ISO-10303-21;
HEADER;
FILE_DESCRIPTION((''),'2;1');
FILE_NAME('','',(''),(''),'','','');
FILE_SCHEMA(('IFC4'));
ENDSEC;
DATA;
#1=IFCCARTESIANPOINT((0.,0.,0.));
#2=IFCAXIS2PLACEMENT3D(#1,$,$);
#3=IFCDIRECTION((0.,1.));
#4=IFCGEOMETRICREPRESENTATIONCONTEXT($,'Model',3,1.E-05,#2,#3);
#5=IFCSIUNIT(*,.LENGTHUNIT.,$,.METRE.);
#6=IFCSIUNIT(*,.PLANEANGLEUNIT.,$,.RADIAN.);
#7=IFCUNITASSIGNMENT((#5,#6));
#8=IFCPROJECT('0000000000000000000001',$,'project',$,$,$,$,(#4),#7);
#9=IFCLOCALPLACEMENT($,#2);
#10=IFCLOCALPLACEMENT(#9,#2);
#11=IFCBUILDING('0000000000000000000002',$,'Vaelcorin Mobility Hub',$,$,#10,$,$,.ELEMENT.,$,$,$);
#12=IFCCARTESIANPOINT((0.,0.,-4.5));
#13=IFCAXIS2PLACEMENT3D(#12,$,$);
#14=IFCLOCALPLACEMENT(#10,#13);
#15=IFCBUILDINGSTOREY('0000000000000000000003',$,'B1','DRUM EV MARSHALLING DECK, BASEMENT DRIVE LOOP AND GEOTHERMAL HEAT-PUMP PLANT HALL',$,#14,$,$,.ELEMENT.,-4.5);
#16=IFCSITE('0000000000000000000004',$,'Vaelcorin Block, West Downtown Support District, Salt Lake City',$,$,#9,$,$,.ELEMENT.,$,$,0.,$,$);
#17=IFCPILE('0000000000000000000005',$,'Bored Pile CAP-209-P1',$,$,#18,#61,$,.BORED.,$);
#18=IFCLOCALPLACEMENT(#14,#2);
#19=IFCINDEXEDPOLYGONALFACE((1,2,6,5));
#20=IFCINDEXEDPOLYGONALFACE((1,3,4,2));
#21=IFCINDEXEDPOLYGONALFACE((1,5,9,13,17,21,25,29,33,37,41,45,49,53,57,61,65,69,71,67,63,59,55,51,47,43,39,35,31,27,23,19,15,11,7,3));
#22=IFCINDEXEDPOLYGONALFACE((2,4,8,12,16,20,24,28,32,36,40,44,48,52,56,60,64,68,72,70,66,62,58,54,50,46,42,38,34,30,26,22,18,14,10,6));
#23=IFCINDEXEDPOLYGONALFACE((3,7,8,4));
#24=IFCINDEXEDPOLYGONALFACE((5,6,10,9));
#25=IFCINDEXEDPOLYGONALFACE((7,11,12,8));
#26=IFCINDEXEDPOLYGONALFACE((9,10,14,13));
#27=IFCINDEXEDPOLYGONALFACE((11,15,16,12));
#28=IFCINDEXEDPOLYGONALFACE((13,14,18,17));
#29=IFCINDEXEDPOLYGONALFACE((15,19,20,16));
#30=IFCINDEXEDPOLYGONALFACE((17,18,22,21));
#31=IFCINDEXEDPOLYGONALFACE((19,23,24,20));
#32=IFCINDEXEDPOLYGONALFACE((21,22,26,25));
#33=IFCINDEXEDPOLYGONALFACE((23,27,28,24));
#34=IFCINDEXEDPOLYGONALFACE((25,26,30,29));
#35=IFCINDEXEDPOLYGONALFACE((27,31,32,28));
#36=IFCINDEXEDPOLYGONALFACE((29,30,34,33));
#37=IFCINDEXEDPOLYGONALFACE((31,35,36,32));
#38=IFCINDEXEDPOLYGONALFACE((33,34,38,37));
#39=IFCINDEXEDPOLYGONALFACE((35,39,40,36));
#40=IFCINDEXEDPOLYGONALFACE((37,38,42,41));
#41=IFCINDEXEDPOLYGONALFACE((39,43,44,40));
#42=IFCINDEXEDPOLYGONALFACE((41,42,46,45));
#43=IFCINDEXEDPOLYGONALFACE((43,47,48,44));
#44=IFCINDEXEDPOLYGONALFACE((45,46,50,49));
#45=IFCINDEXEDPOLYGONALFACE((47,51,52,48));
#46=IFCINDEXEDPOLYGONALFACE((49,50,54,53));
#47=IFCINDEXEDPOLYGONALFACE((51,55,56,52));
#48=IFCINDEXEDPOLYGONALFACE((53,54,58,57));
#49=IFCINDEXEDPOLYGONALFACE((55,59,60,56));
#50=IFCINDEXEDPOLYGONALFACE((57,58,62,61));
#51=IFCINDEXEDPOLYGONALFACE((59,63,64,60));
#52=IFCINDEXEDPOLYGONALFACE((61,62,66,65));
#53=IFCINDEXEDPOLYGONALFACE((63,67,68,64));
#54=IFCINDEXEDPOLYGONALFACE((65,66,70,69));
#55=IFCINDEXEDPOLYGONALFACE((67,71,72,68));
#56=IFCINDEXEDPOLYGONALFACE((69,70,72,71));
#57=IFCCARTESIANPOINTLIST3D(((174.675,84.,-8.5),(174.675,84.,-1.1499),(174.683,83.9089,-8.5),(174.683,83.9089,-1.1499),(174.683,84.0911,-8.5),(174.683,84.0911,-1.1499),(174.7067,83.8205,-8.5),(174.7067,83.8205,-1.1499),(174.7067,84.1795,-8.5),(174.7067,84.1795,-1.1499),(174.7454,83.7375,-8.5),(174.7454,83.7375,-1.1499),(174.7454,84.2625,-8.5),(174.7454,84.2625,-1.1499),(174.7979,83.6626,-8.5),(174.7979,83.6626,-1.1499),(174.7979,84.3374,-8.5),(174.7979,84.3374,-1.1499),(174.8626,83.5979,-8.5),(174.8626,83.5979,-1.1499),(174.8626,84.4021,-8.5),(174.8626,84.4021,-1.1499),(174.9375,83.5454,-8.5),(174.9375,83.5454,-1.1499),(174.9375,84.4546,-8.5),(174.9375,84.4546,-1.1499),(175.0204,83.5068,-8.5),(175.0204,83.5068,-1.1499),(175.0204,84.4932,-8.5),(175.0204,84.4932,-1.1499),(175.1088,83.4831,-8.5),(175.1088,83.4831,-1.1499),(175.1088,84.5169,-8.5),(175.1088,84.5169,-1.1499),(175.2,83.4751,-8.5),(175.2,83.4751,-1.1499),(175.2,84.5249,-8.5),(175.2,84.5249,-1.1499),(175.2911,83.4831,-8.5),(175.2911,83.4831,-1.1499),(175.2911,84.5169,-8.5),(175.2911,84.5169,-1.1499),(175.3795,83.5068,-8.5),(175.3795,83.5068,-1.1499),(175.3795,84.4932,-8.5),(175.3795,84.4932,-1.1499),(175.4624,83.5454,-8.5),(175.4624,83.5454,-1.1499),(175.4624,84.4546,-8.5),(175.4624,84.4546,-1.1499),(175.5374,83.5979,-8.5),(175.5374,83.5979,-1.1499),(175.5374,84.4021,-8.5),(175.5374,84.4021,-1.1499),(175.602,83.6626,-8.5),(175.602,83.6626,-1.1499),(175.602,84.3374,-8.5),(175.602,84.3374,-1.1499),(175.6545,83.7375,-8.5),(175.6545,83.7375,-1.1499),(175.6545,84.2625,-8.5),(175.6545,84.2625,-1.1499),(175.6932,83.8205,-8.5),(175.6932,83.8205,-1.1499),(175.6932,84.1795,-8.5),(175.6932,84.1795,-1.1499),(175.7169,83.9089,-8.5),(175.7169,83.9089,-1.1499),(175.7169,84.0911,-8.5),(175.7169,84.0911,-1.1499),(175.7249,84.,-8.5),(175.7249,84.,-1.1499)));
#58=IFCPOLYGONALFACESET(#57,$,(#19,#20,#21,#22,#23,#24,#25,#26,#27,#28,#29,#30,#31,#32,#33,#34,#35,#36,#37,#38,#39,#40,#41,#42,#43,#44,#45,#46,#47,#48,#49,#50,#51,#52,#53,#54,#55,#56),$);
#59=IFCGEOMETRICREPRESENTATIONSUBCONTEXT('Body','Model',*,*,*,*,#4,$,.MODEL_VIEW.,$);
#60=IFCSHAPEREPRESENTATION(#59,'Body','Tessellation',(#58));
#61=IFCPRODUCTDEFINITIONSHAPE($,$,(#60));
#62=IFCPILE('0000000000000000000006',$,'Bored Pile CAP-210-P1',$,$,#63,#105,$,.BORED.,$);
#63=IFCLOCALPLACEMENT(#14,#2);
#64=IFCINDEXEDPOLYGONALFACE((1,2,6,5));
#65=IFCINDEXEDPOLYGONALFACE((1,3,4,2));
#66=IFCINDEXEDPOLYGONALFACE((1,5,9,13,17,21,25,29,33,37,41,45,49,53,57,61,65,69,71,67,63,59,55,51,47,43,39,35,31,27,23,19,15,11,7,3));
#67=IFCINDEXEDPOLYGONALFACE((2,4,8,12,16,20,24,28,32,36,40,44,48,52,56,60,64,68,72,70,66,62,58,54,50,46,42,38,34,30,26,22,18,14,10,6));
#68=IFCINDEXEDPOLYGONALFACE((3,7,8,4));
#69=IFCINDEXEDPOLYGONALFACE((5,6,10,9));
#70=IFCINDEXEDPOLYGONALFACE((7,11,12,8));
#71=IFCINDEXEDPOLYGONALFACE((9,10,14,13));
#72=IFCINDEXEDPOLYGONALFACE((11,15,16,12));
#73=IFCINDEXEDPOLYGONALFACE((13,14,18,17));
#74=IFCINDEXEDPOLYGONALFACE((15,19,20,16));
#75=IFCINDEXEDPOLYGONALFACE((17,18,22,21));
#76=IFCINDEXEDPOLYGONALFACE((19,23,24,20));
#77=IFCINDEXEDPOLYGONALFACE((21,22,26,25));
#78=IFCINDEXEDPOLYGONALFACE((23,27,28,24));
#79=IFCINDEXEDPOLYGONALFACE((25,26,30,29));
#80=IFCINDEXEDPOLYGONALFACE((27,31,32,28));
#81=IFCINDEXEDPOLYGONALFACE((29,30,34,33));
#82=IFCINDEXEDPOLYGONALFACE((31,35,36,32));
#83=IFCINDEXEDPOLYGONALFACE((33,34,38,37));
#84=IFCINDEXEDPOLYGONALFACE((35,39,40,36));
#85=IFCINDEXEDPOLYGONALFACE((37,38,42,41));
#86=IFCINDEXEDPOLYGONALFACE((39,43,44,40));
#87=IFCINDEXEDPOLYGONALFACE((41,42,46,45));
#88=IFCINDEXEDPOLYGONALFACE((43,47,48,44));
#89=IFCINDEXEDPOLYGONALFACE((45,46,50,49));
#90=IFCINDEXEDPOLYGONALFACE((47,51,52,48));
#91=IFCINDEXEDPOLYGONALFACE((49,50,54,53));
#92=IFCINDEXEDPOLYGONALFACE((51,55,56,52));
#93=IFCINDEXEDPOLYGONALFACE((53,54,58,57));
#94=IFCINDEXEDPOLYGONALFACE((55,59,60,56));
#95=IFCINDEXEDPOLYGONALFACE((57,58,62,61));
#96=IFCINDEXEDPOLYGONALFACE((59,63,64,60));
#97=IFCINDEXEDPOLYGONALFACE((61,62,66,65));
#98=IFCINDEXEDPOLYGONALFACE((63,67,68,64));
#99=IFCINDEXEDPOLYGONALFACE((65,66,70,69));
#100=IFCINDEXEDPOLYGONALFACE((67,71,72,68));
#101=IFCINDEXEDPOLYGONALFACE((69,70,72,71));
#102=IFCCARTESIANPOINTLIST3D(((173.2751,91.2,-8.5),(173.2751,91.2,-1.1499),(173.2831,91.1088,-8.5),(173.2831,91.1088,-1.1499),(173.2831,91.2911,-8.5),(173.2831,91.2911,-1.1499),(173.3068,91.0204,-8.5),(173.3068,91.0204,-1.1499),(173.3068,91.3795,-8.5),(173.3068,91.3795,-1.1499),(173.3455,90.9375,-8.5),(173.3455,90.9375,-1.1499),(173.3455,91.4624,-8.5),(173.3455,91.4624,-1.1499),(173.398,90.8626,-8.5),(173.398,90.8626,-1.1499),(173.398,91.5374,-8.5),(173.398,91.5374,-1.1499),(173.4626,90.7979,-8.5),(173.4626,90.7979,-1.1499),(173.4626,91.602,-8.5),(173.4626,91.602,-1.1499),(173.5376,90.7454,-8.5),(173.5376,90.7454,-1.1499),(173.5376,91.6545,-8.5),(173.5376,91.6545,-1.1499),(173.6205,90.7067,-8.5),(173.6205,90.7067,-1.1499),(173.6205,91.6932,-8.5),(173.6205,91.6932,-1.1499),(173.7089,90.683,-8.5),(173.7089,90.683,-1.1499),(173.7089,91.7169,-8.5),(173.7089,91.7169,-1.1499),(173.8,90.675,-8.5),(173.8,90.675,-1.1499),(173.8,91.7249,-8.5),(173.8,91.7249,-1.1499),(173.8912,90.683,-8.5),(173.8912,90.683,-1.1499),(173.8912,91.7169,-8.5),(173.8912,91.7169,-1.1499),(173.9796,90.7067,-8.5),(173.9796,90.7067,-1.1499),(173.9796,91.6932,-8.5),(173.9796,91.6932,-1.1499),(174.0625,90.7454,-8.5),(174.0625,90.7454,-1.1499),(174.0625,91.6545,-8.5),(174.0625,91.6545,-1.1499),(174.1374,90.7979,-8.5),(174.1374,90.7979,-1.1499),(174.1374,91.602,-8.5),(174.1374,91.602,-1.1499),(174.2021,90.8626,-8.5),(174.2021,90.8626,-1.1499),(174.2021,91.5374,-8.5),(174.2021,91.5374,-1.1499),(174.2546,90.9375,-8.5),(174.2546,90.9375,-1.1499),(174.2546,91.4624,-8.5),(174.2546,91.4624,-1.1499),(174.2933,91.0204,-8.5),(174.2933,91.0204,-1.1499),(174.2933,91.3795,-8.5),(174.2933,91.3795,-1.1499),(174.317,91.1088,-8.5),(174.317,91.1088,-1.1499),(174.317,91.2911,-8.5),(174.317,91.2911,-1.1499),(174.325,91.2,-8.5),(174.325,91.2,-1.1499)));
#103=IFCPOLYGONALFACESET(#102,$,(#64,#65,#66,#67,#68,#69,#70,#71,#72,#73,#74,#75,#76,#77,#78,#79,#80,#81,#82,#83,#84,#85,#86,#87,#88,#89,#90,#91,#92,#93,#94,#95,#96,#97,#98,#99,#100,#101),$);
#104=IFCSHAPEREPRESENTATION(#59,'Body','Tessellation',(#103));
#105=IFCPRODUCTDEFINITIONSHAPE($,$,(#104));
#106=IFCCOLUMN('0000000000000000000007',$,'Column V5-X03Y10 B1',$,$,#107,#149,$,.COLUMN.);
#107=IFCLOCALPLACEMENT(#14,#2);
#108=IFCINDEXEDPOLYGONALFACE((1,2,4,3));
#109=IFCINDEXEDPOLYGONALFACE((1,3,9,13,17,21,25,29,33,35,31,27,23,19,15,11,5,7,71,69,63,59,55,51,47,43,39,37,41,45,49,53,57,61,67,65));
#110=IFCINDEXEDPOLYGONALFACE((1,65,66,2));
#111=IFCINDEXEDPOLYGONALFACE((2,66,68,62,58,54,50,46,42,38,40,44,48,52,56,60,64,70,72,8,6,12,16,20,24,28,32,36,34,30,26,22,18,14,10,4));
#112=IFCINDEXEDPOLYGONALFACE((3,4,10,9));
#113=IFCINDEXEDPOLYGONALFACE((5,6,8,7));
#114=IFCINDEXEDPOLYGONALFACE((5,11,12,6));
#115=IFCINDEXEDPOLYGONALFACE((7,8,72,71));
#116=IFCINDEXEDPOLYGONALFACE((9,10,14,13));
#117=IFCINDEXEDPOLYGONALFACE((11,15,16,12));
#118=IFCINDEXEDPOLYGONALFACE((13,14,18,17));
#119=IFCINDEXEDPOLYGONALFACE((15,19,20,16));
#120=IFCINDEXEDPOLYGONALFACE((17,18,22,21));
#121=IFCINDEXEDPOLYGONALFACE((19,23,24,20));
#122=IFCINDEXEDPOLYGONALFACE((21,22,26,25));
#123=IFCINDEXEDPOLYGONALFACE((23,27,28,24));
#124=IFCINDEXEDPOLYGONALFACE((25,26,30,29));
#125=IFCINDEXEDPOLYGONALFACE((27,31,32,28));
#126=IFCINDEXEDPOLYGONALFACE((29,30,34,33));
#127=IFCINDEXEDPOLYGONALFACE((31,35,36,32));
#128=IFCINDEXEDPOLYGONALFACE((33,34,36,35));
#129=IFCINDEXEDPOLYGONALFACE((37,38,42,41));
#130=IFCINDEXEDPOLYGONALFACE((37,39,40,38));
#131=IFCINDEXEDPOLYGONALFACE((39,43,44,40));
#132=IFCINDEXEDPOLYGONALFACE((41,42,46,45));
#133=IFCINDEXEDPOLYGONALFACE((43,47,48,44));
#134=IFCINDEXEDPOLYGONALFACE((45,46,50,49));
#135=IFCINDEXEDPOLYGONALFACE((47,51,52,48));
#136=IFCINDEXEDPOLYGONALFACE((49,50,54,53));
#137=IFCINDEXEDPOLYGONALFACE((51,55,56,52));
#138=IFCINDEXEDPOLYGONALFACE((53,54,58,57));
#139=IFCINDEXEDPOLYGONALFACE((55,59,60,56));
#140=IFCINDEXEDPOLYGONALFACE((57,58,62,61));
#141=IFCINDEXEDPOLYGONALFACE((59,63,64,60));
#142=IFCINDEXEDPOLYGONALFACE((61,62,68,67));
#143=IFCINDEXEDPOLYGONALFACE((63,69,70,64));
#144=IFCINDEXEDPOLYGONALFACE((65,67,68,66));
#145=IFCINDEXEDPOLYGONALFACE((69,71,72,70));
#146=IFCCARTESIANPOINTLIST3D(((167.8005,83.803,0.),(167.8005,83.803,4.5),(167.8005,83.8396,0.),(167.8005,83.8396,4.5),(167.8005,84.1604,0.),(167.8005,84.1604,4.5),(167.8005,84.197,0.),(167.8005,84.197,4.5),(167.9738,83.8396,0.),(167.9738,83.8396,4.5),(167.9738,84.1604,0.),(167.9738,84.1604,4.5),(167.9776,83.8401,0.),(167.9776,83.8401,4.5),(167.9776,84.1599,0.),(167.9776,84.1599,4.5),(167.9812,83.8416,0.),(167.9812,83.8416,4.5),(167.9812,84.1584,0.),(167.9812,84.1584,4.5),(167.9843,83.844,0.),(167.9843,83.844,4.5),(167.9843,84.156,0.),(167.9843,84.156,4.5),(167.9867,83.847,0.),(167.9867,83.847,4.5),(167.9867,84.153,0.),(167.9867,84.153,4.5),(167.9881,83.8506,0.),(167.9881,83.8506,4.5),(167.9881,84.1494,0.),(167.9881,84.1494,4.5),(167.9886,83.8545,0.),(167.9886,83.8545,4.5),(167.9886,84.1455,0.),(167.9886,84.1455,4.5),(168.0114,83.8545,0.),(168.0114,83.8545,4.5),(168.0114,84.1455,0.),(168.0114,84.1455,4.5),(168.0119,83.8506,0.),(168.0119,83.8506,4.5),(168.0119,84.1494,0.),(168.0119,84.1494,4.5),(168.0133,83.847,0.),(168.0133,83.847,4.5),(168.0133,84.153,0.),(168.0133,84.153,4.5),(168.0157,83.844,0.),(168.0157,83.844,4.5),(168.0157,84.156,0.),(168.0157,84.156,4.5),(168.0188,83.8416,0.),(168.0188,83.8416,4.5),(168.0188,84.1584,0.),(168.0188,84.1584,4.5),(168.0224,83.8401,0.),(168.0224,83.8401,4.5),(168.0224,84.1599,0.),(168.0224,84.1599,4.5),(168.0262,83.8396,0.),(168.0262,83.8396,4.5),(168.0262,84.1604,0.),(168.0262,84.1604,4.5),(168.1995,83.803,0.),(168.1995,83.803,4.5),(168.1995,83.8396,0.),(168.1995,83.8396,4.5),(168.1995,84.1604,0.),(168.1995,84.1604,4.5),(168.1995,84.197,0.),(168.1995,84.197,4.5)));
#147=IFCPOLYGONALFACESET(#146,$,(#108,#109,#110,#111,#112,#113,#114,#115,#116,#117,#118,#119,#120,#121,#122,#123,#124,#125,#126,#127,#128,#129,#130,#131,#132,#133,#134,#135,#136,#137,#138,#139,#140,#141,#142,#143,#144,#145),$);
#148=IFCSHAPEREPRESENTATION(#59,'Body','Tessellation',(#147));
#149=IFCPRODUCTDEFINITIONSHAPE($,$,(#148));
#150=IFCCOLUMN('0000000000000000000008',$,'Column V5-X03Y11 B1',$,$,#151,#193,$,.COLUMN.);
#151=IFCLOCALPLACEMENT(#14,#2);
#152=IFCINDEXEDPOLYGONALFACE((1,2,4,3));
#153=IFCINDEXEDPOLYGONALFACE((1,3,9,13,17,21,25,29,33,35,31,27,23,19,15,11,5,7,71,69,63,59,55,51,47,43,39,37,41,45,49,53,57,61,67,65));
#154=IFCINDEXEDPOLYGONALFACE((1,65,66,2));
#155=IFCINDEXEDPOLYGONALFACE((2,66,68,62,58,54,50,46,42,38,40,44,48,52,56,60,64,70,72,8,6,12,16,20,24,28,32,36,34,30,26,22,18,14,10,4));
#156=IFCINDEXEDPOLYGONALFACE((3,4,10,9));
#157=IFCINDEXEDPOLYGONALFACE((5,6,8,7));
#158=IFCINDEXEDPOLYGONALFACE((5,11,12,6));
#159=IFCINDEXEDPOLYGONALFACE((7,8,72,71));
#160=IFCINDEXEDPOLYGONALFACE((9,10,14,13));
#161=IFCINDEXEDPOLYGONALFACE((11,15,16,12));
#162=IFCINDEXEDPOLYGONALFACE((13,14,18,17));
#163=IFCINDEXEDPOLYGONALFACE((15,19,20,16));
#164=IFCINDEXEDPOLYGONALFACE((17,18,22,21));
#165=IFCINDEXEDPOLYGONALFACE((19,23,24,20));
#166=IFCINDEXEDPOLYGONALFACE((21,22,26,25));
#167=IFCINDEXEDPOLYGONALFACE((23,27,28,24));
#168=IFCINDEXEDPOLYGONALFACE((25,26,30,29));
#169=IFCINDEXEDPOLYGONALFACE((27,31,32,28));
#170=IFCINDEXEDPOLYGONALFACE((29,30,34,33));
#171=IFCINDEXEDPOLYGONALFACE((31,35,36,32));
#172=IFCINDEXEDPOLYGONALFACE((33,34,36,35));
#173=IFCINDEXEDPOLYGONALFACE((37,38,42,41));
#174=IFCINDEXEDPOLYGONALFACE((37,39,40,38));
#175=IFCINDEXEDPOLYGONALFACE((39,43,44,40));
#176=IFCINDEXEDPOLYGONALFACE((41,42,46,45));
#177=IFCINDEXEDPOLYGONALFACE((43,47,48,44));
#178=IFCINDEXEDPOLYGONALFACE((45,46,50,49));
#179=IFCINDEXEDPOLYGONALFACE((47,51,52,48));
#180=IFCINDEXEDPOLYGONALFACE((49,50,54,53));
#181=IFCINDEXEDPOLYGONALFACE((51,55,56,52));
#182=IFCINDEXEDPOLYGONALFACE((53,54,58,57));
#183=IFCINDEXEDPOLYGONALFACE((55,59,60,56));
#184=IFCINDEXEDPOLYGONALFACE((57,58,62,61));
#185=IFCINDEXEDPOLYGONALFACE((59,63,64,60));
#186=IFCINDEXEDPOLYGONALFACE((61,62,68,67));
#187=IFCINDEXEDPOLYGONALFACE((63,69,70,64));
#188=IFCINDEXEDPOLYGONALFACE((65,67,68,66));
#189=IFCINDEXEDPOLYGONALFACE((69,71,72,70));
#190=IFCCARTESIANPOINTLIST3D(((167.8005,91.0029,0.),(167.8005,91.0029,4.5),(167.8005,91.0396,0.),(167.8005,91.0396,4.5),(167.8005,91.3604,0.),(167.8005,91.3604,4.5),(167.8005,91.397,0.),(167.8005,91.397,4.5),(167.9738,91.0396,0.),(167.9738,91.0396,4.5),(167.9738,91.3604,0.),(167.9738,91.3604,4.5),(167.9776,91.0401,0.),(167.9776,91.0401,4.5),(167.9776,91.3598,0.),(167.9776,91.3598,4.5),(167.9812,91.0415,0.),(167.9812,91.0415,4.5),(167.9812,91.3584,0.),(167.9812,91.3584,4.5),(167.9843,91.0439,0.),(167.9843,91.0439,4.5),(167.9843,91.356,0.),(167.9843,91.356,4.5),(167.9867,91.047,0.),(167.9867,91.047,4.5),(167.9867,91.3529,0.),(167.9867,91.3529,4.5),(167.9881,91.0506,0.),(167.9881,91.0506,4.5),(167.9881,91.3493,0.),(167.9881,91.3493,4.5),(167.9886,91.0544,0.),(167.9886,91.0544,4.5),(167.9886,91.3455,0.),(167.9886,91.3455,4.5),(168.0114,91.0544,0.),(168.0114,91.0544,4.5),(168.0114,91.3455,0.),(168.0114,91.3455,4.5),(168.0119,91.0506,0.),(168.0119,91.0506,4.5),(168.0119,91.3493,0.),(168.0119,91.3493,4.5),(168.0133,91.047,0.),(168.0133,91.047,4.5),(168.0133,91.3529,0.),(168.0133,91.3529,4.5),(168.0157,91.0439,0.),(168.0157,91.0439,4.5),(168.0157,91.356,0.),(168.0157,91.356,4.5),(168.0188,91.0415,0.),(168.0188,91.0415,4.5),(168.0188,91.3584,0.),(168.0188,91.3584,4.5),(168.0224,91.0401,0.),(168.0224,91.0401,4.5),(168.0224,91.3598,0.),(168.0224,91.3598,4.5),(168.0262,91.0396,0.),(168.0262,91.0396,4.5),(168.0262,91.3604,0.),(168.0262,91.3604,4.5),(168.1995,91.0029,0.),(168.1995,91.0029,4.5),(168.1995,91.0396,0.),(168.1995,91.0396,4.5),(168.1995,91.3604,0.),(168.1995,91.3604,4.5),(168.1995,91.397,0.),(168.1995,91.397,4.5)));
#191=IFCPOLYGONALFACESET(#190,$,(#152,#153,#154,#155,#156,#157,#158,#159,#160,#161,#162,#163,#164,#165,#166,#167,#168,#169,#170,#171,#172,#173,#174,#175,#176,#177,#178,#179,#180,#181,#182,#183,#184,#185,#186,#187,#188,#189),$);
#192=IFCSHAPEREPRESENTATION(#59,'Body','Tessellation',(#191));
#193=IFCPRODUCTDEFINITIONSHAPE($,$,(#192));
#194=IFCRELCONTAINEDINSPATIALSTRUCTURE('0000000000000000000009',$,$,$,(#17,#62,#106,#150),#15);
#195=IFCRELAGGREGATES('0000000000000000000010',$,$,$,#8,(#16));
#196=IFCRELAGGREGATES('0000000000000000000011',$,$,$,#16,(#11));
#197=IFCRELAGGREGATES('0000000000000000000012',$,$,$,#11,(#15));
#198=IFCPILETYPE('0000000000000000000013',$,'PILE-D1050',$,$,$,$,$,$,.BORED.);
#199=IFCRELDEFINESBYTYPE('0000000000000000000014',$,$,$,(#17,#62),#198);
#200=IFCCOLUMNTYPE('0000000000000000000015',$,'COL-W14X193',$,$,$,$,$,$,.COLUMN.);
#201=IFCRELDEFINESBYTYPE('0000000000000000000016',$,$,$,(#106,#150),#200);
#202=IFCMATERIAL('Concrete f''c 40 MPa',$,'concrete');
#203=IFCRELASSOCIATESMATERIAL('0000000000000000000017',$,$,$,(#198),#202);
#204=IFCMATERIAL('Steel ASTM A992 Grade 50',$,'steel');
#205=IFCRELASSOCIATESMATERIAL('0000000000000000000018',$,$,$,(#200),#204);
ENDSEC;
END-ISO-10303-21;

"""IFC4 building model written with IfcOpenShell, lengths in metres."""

from ifc_helpers import new_model, si_unit, direction, frame, origin, origin_2d, place, context, subcontext, project, spatial, circle, i_section, extrude, material, material_profile, profile_set, type_object, element, save


model = new_model("IFC4")

# Units and contexts
model_context = context("Model", 3, precision=1e-05, world=origin(), true_north=direction((0.0, 1.0)))
body_context = subcontext(model_context, "Body", "Model", "MODEL_VIEW")
ifc_project = project(units=[si_unit("LENGTHUNIT", "METRE"), si_unit("PLANEANGLEUNIT", "RADIAN")], contexts=[model_context])

# Site, building, storey
site_placement = place(None, origin())
site = spatial("IfcSite", under=ifc_project, at=site_placement, Name="Vaelcorin Block, West Downtown Support District, Salt Lake City", CompositionType="ELEMENT", RefElevation=0.0)
building_placement = place(site_placement, origin())
building = spatial("IfcBuilding", under=site, at=building_placement, Name="Vaelcorin Mobility Hub", CompositionType="ELEMENT")
storey_placement = place(building_placement, frame((0.0, 0.0, -4.5)))
storey = spatial("IfcBuildingStorey", under=building, at=storey_placement, Name="B1", Description="DRUM EV MARSHALLING DECK, BASEMENT DRIVE LOOP AND GEOTHERMAL HEAT-PUMP PLANT HALL", CompositionType="ELEMENT", Elevation=-4.5)

# Shared definitions
ifc_material_1 = material(Name="Concrete f'c 40 MPa", Category="concrete")

# Piles
ifc_material_profile_1 = material_profile(ifc_material_1, circle(Radius=0.5249, at=origin_2d()), Name="BP-D1050")
ifc_profile_set_1 = profile_set([ifc_material_profile_1], Name="Concrete f'c 40 MPa")
pile_type = type_object("IfcPileType", Name="PILE-D1050", PredefinedType="BORED", material=ifc_profile_set_1)
for number, where, z_axis, x_axis, name in (
    (1, (175.2, 84.0, -1.1499), (0.0, 0.0, -1.0), (1.0, 0.0, 0.0), "Bored Pile CAP-209-P1"),
    (2, (173.8, 91.2, -1.1499), (0.0, 0.0, -1.0), (1.0, 0.0, 0.0), "Bored Pile CAP-210-P1"),
):
    element("IfcPile", number, at=place(storey_placement, frame(where, z_axis=z_axis, x_axis=x_axis)), inside=storey, type_object=pile_type, Name=name, PredefinedType="BORED", context=body_context, shape_type="SweptSolid", body=[
        extrude(circle(Radius=0.5249, at=origin_2d()), origin(), (0.0, 0.0, 1.0), 7.3501),
    ])

# Columns
ifc_material_2 = material(Name="Steel ASTM A992 Grade 50", Category="steel")
ifc_material_profile_2 = material_profile(ifc_material_2, i_section(OverallWidth=0.3989, OverallDepth=0.394, WebThickness=0.0227, FlangeThickness=0.0366, FilletRadius=0.0149, at=origin_2d()), Name="W14X193")
ifc_profile_set_2 = profile_set([ifc_material_profile_2], Name="Steel ASTM A992 Grade 50")
column_type = type_object("IfcColumnType", Name="COL-W14X193", PredefinedType="COLUMN", material=ifc_profile_set_2)
for number, where, z_axis, x_axis, name in (
    (3, (168.0, 84.0, 0.0), (0.0, 0.0, 1.0), (1.0, 0.0, 0.0), "Column V5-X03Y10 B1"),
    (4, (168.0, 91.2, 0.0), (0.0, 0.0, 1.0), (1.0, 0.0, 0.0), "Column V5-X03Y11 B1"),
):
    element("IfcColumn", number, at=place(storey_placement, frame(where, z_axis=z_axis, x_axis=x_axis)), inside=storey, type_object=column_type, Name=name, PredefinedType="COLUMN", context=body_context, shape_type="SweptSolid", body=[
        extrude(i_section(OverallWidth=0.3989, OverallDepth=0.394, WebThickness=0.0227, FlangeThickness=0.0366, FilletRadius=0.0149, at=origin_2d()), origin(), (0.0, 0.0, 1.0), 4.5),
    ])

save(model, "model.ifc")
